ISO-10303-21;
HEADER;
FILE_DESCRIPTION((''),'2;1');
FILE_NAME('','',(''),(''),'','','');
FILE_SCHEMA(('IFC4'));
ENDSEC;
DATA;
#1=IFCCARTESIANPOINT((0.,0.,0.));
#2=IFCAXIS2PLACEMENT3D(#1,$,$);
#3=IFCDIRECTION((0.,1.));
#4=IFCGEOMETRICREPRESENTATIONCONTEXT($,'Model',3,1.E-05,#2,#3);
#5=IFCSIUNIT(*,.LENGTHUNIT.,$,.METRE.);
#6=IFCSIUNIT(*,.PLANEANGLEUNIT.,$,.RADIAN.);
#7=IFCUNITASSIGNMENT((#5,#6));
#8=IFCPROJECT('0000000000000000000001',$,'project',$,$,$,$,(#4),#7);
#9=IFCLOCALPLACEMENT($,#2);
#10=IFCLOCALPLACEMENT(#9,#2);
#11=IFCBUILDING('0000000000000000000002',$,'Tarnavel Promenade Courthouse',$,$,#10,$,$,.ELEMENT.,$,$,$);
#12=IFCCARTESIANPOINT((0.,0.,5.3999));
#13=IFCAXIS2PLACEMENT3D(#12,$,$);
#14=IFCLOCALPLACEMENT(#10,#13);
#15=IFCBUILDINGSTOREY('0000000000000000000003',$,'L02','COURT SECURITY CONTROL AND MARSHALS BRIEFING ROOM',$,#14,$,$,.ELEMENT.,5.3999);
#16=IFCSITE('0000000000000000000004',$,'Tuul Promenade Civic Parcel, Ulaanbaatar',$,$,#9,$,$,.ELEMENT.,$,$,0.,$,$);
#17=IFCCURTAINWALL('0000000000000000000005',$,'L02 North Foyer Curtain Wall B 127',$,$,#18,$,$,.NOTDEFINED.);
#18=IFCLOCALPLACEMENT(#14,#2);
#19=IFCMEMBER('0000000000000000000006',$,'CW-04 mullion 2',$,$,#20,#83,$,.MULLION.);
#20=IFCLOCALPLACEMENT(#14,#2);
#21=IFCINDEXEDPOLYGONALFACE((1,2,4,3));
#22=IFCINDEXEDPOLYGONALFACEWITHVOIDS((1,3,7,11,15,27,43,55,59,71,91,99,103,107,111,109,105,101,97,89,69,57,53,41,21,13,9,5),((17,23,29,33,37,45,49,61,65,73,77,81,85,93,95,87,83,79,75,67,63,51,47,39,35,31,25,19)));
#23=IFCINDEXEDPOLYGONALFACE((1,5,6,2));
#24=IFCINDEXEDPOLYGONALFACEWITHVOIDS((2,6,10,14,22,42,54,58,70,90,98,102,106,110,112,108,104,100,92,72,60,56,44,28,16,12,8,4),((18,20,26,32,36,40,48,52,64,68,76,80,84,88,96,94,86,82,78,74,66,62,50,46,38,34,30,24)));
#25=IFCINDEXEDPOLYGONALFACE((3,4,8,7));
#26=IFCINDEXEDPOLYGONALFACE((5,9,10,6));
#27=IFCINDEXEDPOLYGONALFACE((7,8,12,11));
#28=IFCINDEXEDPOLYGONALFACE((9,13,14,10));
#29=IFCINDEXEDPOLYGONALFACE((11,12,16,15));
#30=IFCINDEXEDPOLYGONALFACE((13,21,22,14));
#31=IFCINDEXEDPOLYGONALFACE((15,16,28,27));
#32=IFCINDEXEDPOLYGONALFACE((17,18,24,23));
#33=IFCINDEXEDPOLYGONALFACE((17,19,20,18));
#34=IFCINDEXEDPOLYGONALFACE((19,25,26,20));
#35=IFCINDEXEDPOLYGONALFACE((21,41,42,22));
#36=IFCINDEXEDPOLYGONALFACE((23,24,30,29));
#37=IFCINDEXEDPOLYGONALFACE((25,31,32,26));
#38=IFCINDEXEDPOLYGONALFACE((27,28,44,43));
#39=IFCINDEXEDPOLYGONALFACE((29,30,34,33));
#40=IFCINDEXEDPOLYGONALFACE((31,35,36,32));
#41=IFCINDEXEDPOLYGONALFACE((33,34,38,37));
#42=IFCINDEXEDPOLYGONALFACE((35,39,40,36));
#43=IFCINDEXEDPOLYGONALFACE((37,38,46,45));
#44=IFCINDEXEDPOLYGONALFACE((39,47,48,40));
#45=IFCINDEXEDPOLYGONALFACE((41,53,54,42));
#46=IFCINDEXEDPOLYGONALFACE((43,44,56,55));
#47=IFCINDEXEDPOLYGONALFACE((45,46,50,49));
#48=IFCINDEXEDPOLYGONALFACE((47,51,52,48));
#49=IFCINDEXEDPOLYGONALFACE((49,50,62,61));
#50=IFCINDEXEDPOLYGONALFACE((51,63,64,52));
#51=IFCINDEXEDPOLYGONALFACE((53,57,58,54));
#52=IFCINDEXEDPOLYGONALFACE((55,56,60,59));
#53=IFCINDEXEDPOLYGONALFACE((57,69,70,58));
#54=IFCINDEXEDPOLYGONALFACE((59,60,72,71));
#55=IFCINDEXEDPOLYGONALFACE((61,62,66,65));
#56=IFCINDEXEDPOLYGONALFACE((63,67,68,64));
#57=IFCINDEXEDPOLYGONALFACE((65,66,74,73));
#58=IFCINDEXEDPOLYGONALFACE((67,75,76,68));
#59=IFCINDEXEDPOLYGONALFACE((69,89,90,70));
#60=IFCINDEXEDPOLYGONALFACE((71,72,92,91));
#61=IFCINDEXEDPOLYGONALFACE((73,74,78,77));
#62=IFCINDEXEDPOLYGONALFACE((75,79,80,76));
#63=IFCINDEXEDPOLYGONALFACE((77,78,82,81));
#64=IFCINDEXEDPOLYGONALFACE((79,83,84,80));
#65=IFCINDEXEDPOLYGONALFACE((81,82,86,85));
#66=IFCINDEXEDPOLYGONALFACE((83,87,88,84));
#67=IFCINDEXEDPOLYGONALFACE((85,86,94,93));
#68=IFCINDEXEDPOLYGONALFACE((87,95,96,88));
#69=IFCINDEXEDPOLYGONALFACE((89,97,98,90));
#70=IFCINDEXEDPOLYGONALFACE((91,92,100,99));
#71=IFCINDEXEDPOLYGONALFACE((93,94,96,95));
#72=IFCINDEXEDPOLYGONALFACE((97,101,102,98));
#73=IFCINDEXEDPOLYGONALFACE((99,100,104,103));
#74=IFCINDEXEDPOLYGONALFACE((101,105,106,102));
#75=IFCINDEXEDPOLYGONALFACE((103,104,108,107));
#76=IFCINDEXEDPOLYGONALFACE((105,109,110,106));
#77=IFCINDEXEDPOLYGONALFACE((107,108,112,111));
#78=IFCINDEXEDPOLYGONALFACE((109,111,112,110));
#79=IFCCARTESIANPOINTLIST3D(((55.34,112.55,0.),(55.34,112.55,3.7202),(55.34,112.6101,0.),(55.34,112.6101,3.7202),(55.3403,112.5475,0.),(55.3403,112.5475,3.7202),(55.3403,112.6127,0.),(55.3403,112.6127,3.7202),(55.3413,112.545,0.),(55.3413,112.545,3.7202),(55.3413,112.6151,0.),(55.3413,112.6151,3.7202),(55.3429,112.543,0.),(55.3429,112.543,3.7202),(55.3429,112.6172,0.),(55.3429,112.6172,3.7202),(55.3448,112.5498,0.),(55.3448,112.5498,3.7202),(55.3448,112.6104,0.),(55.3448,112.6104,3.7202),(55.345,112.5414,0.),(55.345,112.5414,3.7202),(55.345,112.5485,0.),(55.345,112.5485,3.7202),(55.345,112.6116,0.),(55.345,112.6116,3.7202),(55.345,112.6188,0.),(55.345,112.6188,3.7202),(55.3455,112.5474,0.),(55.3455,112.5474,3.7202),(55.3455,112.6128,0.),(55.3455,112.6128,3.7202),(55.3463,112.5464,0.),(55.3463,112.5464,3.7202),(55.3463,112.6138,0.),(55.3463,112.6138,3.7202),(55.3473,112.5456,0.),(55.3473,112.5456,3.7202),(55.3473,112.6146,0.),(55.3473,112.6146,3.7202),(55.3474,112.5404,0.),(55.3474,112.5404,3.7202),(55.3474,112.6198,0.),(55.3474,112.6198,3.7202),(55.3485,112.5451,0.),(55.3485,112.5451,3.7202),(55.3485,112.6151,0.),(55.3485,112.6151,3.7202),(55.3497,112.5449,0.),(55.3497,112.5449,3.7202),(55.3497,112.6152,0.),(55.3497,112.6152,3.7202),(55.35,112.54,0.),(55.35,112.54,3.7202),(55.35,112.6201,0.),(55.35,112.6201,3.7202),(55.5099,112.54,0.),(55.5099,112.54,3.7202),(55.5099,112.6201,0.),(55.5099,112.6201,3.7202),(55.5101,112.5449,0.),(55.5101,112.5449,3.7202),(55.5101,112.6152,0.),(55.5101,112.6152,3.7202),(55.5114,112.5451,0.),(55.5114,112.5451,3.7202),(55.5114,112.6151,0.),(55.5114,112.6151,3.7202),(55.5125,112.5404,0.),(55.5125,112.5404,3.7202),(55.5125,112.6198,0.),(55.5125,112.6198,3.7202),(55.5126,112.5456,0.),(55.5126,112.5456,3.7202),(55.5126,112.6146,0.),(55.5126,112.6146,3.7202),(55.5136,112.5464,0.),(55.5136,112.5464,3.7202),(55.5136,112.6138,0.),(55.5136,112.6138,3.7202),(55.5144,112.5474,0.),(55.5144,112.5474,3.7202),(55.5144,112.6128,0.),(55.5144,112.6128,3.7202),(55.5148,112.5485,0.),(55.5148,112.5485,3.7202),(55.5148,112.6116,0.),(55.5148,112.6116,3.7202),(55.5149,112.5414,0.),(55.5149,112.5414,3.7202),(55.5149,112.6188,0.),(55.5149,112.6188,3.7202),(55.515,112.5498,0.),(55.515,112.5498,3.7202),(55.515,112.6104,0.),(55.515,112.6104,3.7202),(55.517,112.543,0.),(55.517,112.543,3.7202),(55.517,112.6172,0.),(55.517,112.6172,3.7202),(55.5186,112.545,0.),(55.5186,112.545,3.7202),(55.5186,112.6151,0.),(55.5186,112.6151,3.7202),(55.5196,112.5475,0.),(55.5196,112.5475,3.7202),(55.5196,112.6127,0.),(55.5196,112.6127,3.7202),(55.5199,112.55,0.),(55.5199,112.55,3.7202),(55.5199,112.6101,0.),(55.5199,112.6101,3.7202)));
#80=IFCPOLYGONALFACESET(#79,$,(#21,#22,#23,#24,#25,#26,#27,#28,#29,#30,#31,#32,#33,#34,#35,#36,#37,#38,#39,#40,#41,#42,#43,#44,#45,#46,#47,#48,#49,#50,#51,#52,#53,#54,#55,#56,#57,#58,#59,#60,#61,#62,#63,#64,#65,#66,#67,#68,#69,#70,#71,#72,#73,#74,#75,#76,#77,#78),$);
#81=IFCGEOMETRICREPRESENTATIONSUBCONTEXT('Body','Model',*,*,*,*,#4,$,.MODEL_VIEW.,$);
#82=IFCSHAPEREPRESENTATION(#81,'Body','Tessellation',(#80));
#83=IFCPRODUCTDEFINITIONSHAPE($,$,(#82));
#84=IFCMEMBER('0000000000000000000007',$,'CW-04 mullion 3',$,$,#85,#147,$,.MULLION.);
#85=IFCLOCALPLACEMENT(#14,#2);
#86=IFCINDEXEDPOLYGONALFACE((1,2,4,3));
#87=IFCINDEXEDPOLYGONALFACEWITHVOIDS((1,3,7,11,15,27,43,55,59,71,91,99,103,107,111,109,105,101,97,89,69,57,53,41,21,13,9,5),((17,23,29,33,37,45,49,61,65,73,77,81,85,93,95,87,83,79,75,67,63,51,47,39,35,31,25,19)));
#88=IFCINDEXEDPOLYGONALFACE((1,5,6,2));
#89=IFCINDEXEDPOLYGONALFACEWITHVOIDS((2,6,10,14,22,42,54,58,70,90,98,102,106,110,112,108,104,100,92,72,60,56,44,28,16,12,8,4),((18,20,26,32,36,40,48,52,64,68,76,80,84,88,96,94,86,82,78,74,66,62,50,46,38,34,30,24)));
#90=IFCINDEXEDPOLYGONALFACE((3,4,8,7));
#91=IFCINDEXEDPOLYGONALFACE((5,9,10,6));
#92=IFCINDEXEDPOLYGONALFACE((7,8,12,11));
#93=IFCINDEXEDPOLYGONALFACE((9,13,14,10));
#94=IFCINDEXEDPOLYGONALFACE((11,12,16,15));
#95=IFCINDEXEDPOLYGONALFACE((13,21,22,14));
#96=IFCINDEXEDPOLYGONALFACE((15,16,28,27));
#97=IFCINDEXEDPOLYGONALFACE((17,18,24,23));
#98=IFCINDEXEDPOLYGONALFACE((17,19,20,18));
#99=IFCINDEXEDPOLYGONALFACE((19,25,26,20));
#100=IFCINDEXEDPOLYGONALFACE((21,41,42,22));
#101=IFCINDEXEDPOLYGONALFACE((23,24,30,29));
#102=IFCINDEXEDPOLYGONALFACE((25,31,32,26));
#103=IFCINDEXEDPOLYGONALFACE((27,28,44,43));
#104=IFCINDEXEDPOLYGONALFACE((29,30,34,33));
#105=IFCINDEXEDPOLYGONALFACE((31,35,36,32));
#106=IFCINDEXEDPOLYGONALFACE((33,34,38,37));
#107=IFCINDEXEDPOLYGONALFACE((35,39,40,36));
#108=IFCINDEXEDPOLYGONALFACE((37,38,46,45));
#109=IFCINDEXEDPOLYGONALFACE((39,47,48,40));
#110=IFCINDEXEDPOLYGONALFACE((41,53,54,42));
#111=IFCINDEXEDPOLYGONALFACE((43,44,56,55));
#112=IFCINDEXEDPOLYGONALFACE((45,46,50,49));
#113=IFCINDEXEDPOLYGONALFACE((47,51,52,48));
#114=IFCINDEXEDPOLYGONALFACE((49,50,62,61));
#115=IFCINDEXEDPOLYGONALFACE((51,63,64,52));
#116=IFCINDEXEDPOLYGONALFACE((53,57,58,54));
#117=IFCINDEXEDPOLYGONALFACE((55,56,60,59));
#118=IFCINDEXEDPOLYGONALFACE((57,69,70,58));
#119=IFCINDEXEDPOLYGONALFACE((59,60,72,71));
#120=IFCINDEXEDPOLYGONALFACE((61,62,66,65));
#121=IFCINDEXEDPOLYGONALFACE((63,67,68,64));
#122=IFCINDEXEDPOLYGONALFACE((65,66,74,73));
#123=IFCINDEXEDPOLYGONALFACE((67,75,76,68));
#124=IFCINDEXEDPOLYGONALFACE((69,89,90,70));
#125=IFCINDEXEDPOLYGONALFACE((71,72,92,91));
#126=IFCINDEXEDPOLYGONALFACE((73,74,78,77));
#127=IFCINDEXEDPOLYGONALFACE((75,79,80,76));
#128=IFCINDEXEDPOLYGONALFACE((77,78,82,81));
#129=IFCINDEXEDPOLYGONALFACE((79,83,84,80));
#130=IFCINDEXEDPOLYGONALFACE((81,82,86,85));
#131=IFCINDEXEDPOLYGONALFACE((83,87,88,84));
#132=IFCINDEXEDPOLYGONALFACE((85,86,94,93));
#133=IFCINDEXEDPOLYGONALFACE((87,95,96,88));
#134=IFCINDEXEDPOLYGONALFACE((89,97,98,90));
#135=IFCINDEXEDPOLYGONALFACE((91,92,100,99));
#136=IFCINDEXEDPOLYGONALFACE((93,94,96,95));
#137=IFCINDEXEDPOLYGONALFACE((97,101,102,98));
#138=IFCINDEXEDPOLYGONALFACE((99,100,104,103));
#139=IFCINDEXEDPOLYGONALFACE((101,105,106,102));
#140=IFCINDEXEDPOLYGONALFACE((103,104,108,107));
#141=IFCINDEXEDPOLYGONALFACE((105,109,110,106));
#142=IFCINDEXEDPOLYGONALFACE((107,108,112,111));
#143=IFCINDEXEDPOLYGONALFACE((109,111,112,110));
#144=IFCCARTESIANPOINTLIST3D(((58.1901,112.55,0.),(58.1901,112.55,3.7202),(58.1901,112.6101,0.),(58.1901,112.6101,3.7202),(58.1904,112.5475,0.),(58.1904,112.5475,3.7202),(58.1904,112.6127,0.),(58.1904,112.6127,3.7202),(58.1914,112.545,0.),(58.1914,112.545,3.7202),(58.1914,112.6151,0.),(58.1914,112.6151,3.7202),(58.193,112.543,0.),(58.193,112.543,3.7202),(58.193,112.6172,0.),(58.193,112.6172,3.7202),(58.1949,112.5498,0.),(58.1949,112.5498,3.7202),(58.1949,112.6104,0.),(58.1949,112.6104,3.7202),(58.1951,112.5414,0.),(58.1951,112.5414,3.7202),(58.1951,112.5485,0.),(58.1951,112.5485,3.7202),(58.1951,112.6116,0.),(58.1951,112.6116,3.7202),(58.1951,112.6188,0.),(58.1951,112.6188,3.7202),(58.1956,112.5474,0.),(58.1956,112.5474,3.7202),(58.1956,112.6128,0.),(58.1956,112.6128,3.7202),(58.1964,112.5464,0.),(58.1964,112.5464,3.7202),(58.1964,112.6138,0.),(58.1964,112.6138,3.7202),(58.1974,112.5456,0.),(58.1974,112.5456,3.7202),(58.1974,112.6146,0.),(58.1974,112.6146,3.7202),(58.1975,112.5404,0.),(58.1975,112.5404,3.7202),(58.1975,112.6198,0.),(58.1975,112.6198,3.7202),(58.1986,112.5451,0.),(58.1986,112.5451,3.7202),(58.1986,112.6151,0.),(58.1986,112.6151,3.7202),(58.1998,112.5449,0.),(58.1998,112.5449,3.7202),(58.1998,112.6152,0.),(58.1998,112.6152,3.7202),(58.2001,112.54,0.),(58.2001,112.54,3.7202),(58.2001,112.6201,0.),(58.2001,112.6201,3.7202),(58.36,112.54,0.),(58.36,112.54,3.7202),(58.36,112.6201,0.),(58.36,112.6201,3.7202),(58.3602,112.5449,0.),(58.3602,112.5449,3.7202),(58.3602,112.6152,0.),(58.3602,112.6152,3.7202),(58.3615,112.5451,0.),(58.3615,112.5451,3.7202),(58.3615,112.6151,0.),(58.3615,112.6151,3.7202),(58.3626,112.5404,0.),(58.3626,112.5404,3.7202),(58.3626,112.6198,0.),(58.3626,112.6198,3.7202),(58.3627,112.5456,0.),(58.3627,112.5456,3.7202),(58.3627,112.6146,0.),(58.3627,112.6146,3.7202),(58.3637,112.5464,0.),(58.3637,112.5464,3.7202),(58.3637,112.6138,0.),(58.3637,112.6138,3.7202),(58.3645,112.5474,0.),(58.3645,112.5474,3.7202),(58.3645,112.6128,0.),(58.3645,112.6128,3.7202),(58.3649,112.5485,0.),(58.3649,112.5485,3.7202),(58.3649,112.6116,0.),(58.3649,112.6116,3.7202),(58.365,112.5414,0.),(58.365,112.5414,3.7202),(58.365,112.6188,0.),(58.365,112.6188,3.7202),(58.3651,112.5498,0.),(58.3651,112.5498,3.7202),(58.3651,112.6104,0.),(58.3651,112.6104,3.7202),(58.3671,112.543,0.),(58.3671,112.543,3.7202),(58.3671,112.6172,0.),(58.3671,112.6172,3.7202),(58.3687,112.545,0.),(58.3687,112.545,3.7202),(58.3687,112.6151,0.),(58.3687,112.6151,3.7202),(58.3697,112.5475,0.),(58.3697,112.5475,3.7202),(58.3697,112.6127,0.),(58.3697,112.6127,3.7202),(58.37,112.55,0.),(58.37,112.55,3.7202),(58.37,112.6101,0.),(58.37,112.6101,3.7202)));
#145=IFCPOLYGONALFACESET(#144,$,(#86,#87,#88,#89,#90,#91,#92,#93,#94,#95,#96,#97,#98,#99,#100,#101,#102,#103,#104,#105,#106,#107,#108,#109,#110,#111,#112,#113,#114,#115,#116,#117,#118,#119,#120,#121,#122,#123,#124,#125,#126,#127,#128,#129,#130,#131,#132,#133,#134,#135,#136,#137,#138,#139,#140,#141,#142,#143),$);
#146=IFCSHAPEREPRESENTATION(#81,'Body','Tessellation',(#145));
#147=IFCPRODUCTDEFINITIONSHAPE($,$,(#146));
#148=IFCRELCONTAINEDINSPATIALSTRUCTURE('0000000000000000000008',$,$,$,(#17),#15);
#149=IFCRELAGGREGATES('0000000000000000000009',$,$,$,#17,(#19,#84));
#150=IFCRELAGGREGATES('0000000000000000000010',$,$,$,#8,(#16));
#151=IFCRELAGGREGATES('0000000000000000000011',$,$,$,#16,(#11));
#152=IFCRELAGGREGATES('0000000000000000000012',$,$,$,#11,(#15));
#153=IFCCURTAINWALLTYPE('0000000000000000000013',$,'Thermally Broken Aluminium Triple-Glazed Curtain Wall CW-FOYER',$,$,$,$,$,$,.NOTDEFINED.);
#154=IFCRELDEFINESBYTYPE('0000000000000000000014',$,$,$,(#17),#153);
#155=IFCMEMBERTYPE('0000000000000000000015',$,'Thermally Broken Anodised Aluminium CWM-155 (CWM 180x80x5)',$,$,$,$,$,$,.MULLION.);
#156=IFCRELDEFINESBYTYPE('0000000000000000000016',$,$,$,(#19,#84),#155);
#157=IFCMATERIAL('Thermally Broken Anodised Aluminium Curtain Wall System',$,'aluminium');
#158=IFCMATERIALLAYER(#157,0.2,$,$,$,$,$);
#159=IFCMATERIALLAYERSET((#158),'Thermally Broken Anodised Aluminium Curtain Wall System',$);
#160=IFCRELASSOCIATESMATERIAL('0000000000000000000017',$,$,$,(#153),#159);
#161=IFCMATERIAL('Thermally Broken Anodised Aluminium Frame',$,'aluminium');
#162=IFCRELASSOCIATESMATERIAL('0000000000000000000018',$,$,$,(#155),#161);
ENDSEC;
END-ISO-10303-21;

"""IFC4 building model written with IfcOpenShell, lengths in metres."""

from ifc_helpers import new_model, si_unit, direction, frame, origin, origin_2d, place, context, subcontext, project, spatial, hollow_rectangle, extrude, material, layer, layer_set, material_profile, profile_set, type_object, element, aggregate, save


model = new_model("IFC4")

# Units and contexts
model_context = context("Model", 3, precision=1e-05, world=origin(), true_north=direction((0.0, 1.0)))
body_context = subcontext(model_context, "Body", "Model", "MODEL_VIEW")
ifc_project = project(units=[si_unit("LENGTHUNIT", "METRE"), si_unit("PLANEANGLEUNIT", "RADIAN")], contexts=[model_context])

# Site, building, storey
site_placement = place(None, origin())
site = spatial("IfcSite", under=ifc_project, at=site_placement, Name="Tuul Promenade Civic Parcel, Ulaanbaatar", CompositionType="ELEMENT", RefElevation=0.0)
building_placement = place(site_placement, origin())
building = spatial("IfcBuilding", under=site, at=building_placement, Name="Tarnavel Promenade Courthouse", CompositionType="ELEMENT")
storey_placement = place(building_placement, frame((0.0, 0.0, 5.3999)))
storey = spatial("IfcBuildingStorey", under=building, at=storey_placement, Name="L02", Description="COURT SECURITY CONTROL AND MARSHALS BRIEFING ROOM", CompositionType="ELEMENT", Elevation=5.3999)

# Curtain wall, members
ifc_material_1 = material(Name="Thermally Broken Anodised Aluminium Curtain Wall System", Category="aluminium")
ifc_layer_1 = layer(ifc_material_1, 0.2)
ifc_layer_set_1 = layer_set([ifc_layer_1], Name="Thermally Broken Anodised Aluminium Curtain Wall System")
curtain_wall_type = type_object("IfcCurtainWallType", Name="Thermally Broken Aluminium Triple-Glazed Curtain Wall CW-FOYER", PredefinedType="NOTDEFINED", material=ifc_layer_set_1)
ifc_material_2 = material(Name="Thermally Broken Anodised Aluminium Frame", Category="aluminium")
ifc_material_profile_1 = material_profile(ifc_material_2, hollow_rectangle(XDim=0.0801, YDim=0.1799, WallThickness=0.0049, InnerFilletRadius=0.0049, OuterFilletRadius=0.01, at=origin_2d()), Name="CWM 180x80x5")
ifc_profile_set_1 = profile_set([ifc_material_profile_1], Name="Thermally Broken Anodised Aluminium Frame")
member_type_1 = type_object("IfcMemberType", Name="Thermally Broken Anodised Aluminium CWM-155 (CWM 180x80x5)", PredefinedType="MULLION", material=ifc_profile_set_1)
curtain_wall_1_placement = place(storey_placement, origin())
curtain_wall_1 = element("IfcCurtainWall", 1, at=curtain_wall_1_placement, inside=storey, type_object=curtain_wall_type, Name="L02 North Foyer Curtain Wall B 127", PredefinedType="NOTDEFINED")
member_1_placement = place(storey_placement, frame((55.4299, 112.5801, 0.0), z_axis=(0.0, 0.0, 1.0), x_axis=(0.0, 1.0, 0.0)))
member_1 = element("IfcMember", 2, at=member_1_placement, type_object=member_type_1, Name="CW-04 mullion 2", PredefinedType="MULLION", context=body_context, shape_type="SweptSolid", body=[
    extrude(hollow_rectangle(XDim=0.0801, YDim=0.1799, WallThickness=0.0049, InnerFilletRadius=0.0049, OuterFilletRadius=0.01, at=origin_2d()), origin(), (0.0, 0.0, 1.0), 3.7202),
])
member_2_placement = place(storey_placement, frame((58.28, 112.5801, 0.0), z_axis=(0.0, 0.0, 1.0), x_axis=(0.0, 1.0, 0.0)))
member_2 = element("IfcMember", 3, at=member_2_placement, type_object=member_type_1, Name="CW-04 mullion 3", PredefinedType="MULLION", context=body_context, shape_type="SweptSolid", body=[
    extrude(hollow_rectangle(XDim=0.0801, YDim=0.1799, WallThickness=0.0049, InnerFilletRadius=0.0049, OuterFilletRadius=0.01, at=origin_2d()), origin(), (0.0, 0.0, 1.0), 3.7202),
])

aggregate(curtain_wall_1, [member_1, member_2])

save(model, "model.ifc")
